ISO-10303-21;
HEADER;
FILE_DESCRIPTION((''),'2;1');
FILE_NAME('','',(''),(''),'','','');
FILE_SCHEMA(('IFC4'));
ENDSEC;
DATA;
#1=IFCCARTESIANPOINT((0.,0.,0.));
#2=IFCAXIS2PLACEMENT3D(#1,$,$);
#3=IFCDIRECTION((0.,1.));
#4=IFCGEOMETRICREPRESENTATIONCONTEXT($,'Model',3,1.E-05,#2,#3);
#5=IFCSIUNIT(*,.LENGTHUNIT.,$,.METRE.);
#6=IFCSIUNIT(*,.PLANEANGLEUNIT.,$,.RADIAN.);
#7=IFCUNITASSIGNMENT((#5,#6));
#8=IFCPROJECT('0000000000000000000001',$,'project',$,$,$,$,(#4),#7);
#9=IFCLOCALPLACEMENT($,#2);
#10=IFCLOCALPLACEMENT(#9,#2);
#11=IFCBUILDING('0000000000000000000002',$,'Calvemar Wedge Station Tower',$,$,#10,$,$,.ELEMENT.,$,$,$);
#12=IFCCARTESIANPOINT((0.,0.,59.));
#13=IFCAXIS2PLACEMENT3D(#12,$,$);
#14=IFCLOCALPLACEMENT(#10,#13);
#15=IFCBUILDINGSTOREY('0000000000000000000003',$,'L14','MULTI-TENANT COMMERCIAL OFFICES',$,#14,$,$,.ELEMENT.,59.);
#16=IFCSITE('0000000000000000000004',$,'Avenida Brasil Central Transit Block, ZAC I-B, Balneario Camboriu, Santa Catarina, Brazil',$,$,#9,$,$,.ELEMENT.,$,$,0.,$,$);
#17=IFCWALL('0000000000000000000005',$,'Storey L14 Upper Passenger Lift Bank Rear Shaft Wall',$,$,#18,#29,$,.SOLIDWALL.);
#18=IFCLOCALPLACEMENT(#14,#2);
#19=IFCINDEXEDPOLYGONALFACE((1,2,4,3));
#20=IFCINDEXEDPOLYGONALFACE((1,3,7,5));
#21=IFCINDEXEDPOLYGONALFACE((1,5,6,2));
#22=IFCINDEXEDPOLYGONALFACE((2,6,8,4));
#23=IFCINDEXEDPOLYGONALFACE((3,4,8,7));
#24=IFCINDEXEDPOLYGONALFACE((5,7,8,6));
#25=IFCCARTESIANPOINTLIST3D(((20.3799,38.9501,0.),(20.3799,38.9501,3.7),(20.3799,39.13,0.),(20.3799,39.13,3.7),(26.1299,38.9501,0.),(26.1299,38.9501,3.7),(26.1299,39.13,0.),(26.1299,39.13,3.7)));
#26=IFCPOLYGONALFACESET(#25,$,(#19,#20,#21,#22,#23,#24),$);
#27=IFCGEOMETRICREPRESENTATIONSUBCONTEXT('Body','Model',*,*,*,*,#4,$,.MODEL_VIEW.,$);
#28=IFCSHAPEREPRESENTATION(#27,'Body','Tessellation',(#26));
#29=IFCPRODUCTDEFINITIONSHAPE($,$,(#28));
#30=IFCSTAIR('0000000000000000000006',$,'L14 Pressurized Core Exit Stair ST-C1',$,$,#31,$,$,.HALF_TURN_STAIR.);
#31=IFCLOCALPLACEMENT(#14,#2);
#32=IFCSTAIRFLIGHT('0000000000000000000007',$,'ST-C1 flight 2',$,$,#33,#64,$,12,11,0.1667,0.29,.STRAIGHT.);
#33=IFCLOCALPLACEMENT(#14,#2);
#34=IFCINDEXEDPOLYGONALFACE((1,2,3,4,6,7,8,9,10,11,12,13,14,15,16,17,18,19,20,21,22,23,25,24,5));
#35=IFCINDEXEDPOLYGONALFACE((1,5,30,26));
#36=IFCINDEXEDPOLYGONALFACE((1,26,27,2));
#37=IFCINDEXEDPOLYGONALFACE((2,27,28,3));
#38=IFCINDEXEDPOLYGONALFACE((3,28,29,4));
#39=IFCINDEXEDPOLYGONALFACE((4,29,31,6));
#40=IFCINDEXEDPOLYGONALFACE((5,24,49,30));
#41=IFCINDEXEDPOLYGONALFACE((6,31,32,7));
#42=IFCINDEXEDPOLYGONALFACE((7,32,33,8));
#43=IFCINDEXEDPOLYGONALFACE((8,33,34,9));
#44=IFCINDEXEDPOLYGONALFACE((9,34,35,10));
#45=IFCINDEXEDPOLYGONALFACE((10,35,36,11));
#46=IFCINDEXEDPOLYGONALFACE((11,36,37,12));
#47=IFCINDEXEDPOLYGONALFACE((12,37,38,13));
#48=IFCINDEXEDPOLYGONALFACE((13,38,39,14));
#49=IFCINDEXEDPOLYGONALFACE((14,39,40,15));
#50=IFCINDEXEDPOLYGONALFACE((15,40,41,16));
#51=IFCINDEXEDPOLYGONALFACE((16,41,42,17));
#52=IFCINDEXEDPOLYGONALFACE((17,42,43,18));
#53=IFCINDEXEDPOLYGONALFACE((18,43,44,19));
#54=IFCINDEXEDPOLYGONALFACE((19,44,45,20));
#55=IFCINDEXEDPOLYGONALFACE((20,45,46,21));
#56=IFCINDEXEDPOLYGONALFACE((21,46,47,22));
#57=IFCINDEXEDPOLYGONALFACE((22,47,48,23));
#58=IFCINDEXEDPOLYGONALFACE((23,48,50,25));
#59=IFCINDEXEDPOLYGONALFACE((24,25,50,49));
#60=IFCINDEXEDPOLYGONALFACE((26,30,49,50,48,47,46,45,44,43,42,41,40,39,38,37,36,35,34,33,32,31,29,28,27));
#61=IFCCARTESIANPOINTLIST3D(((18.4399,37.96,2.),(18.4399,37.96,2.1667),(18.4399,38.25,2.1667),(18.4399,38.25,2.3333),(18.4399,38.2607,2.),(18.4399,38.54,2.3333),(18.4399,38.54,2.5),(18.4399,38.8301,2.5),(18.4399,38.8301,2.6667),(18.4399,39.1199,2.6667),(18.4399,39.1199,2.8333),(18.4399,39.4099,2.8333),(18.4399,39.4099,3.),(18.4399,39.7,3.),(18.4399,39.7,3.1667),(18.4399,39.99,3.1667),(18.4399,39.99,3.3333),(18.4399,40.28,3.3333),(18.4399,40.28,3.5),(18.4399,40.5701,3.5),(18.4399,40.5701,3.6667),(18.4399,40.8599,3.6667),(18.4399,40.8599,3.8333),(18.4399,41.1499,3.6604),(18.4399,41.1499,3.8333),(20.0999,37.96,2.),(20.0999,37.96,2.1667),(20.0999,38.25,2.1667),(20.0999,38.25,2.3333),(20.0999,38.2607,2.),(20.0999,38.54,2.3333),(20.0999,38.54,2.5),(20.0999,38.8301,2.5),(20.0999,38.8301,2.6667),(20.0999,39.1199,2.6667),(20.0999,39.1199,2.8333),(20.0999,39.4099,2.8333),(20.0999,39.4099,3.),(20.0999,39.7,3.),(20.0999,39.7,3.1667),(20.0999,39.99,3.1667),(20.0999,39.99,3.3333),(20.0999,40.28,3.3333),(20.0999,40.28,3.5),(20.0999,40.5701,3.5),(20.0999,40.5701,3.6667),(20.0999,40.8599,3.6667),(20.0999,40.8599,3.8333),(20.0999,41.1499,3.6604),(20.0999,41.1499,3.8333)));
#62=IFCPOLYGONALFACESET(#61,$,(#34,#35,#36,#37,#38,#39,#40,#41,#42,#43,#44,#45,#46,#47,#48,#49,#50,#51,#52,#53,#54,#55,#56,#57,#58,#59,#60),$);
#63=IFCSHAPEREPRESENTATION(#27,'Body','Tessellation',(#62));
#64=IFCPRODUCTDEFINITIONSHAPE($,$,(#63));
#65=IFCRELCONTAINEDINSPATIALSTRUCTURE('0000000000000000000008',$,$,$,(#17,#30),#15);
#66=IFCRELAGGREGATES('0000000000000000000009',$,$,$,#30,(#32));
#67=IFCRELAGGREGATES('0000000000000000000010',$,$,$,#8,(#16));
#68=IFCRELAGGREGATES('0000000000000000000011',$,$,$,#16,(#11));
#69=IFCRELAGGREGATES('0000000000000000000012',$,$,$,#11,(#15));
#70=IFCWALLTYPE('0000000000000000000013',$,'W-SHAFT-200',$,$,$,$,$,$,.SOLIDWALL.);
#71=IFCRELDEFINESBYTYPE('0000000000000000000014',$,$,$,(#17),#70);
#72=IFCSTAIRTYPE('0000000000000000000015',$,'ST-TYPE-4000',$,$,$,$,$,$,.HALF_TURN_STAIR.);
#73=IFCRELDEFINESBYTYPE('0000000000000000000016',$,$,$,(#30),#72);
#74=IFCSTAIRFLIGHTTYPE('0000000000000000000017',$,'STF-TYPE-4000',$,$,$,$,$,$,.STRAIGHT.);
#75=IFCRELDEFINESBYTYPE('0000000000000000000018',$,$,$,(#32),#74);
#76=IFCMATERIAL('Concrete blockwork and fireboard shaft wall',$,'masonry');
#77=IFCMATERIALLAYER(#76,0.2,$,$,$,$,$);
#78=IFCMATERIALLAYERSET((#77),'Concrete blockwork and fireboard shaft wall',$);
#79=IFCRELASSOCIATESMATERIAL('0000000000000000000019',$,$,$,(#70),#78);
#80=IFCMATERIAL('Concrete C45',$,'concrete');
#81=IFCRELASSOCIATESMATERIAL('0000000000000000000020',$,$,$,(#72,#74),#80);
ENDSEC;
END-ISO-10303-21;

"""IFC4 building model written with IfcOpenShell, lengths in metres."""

from ifc_helpers import new_model, si_unit, direction, frame, frame_2d, origin, place, context, subcontext, project, spatial, polyline, rectangle, outline, extrude, material, layer, layer_set, type_object, element, aggregate, save


model = new_model("IFC4")

# Units and contexts
model_context = context("Model", 3, precision=1e-05, world=origin(), true_north=direction((0.0, 1.0)))
body_context = subcontext(model_context, "Body", "Model", "MODEL_VIEW")
ifc_project = project(units=[si_unit("LENGTHUNIT", "METRE"), si_unit("PLANEANGLEUNIT", "RADIAN")], contexts=[model_context])

# Site, building, storey
site_placement = place(None, origin())
site = spatial("IfcSite", under=ifc_project, at=site_placement, Name="Avenida Brasil Central Transit Block, ZAC I-B, Balneario Camboriu, Santa Catarina, Brazil", CompositionType="ELEMENT", RefElevation=0.0)
building_placement = place(site_placement, origin())
building = spatial("IfcBuilding", under=site, at=building_placement, Name="Calvemar Wedge Station Tower", CompositionType="ELEMENT")
storey_placement = place(building_placement, frame((0.0, 0.0, 59.0)))
storey = spatial("IfcBuildingStorey", under=building, at=storey_placement, Name="L14", Description="MULTI-TENANT COMMERCIAL OFFICES", CompositionType="ELEMENT", Elevation=59.0)

# Wall
ifc_material_1 = material(Name="Concrete blockwork and fireboard shaft wall", Category="masonry")
ifc_layer_1 = layer(ifc_material_1, 0.2)
ifc_layer_set_1 = layer_set([ifc_layer_1], Name="Concrete blockwork and fireboard shaft wall")
wall_type_1 = type_object("IfcWallType", Name="W-SHAFT-200", PredefinedType="SOLIDWALL", material=ifc_layer_set_1)
wall_1_placement = place(storey_placement, frame((20.3799, 39.04, 0.0), z_axis=(0.0, 0.0, 1.0), x_axis=(1.0, 0.0, 0.0)))
element("IfcWall", 1, at=wall_1_placement, inside=storey, type_object=wall_type_1, Name="Storey L14 Upper Passenger Lift Bank Rear Shaft Wall", PredefinedType="SOLIDWALL", context=body_context, shape_type="SweptSolid", body=[
    extrude(rectangle(XDim=5.75, YDim=0.1799, at=frame_2d((2.875, 0.0))), origin(), (0.0, 0.0, 1.0), 3.7),
])

# Stair, stair flight
ifc_material_2 = material(Name="Concrete C45", Category="concrete")
stair_type = type_object("IfcStairType", Name="ST-TYPE-4000", PredefinedType="HALF_TURN_STAIR", material=ifc_material_2)
stair_placement = place(storey_placement, origin())
stair = element("IfcStair", 2, at=stair_placement, inside=storey, type_object=stair_type, Name="L14 Pressurized Core Exit Stair ST-C1", PredefinedType="HALF_TURN_STAIR")
stair_flight_type = type_object("IfcStairFlightType", Name="STF-TYPE-4000", PredefinedType="STRAIGHT", material=ifc_material_2)
stair_flight_placement = place(storey_placement, frame((19.27, 37.96, 2.0), z_axis=(0.0, 0.0, 1.0), x_axis=(0.0, 1.0, 0.0)))
stair_flight = element("IfcStairFlight", 3, at=stair_flight_placement, type_object=stair_flight_type, Name="ST-C1 flight 2", NumberOfRisers=12, NumberOfTreads=11, PredefinedType="STRAIGHT", RiserHeight=0.1667, TreadLength=0.29, context=body_context, shape_type="SweptSolid", body=[
    extrude(outline(polyline([(0.0, 0.0), (0.0, 0.1667), (0.29, 0.1667), (0.29, 0.3333), (0.5801, 0.3333), (0.5801, 0.5), (0.8701, 0.5), (0.8701, 0.6667), (1.1599, 0.6667), (1.1599, 0.8333), (1.45, 0.8333), (1.45, 1.0), (1.74, 1.0), (1.74, 1.1667), (2.03, 1.1667), (2.03, 1.3333), (2.3201, 1.3333), (2.3201, 1.5), (2.6101, 1.5), (2.6101, 1.6667), (2.8999, 1.6667), (2.8999, 1.8333), (3.1899, 1.8333), (3.1899, 2.0), (3.1899, 1.6604), (0.3008, 0.0), (0.0, 0.0)])), frame((0.0, 0.8301, 0.0), z_axis=(0.0, -1.0, 0.0), x_axis=(1.0, 0.0, 0.0)), (0.0, 0.0, 1.0), 1.6599),
])
aggregate(stair, [stair_flight])

save(model, "model.ifc")
